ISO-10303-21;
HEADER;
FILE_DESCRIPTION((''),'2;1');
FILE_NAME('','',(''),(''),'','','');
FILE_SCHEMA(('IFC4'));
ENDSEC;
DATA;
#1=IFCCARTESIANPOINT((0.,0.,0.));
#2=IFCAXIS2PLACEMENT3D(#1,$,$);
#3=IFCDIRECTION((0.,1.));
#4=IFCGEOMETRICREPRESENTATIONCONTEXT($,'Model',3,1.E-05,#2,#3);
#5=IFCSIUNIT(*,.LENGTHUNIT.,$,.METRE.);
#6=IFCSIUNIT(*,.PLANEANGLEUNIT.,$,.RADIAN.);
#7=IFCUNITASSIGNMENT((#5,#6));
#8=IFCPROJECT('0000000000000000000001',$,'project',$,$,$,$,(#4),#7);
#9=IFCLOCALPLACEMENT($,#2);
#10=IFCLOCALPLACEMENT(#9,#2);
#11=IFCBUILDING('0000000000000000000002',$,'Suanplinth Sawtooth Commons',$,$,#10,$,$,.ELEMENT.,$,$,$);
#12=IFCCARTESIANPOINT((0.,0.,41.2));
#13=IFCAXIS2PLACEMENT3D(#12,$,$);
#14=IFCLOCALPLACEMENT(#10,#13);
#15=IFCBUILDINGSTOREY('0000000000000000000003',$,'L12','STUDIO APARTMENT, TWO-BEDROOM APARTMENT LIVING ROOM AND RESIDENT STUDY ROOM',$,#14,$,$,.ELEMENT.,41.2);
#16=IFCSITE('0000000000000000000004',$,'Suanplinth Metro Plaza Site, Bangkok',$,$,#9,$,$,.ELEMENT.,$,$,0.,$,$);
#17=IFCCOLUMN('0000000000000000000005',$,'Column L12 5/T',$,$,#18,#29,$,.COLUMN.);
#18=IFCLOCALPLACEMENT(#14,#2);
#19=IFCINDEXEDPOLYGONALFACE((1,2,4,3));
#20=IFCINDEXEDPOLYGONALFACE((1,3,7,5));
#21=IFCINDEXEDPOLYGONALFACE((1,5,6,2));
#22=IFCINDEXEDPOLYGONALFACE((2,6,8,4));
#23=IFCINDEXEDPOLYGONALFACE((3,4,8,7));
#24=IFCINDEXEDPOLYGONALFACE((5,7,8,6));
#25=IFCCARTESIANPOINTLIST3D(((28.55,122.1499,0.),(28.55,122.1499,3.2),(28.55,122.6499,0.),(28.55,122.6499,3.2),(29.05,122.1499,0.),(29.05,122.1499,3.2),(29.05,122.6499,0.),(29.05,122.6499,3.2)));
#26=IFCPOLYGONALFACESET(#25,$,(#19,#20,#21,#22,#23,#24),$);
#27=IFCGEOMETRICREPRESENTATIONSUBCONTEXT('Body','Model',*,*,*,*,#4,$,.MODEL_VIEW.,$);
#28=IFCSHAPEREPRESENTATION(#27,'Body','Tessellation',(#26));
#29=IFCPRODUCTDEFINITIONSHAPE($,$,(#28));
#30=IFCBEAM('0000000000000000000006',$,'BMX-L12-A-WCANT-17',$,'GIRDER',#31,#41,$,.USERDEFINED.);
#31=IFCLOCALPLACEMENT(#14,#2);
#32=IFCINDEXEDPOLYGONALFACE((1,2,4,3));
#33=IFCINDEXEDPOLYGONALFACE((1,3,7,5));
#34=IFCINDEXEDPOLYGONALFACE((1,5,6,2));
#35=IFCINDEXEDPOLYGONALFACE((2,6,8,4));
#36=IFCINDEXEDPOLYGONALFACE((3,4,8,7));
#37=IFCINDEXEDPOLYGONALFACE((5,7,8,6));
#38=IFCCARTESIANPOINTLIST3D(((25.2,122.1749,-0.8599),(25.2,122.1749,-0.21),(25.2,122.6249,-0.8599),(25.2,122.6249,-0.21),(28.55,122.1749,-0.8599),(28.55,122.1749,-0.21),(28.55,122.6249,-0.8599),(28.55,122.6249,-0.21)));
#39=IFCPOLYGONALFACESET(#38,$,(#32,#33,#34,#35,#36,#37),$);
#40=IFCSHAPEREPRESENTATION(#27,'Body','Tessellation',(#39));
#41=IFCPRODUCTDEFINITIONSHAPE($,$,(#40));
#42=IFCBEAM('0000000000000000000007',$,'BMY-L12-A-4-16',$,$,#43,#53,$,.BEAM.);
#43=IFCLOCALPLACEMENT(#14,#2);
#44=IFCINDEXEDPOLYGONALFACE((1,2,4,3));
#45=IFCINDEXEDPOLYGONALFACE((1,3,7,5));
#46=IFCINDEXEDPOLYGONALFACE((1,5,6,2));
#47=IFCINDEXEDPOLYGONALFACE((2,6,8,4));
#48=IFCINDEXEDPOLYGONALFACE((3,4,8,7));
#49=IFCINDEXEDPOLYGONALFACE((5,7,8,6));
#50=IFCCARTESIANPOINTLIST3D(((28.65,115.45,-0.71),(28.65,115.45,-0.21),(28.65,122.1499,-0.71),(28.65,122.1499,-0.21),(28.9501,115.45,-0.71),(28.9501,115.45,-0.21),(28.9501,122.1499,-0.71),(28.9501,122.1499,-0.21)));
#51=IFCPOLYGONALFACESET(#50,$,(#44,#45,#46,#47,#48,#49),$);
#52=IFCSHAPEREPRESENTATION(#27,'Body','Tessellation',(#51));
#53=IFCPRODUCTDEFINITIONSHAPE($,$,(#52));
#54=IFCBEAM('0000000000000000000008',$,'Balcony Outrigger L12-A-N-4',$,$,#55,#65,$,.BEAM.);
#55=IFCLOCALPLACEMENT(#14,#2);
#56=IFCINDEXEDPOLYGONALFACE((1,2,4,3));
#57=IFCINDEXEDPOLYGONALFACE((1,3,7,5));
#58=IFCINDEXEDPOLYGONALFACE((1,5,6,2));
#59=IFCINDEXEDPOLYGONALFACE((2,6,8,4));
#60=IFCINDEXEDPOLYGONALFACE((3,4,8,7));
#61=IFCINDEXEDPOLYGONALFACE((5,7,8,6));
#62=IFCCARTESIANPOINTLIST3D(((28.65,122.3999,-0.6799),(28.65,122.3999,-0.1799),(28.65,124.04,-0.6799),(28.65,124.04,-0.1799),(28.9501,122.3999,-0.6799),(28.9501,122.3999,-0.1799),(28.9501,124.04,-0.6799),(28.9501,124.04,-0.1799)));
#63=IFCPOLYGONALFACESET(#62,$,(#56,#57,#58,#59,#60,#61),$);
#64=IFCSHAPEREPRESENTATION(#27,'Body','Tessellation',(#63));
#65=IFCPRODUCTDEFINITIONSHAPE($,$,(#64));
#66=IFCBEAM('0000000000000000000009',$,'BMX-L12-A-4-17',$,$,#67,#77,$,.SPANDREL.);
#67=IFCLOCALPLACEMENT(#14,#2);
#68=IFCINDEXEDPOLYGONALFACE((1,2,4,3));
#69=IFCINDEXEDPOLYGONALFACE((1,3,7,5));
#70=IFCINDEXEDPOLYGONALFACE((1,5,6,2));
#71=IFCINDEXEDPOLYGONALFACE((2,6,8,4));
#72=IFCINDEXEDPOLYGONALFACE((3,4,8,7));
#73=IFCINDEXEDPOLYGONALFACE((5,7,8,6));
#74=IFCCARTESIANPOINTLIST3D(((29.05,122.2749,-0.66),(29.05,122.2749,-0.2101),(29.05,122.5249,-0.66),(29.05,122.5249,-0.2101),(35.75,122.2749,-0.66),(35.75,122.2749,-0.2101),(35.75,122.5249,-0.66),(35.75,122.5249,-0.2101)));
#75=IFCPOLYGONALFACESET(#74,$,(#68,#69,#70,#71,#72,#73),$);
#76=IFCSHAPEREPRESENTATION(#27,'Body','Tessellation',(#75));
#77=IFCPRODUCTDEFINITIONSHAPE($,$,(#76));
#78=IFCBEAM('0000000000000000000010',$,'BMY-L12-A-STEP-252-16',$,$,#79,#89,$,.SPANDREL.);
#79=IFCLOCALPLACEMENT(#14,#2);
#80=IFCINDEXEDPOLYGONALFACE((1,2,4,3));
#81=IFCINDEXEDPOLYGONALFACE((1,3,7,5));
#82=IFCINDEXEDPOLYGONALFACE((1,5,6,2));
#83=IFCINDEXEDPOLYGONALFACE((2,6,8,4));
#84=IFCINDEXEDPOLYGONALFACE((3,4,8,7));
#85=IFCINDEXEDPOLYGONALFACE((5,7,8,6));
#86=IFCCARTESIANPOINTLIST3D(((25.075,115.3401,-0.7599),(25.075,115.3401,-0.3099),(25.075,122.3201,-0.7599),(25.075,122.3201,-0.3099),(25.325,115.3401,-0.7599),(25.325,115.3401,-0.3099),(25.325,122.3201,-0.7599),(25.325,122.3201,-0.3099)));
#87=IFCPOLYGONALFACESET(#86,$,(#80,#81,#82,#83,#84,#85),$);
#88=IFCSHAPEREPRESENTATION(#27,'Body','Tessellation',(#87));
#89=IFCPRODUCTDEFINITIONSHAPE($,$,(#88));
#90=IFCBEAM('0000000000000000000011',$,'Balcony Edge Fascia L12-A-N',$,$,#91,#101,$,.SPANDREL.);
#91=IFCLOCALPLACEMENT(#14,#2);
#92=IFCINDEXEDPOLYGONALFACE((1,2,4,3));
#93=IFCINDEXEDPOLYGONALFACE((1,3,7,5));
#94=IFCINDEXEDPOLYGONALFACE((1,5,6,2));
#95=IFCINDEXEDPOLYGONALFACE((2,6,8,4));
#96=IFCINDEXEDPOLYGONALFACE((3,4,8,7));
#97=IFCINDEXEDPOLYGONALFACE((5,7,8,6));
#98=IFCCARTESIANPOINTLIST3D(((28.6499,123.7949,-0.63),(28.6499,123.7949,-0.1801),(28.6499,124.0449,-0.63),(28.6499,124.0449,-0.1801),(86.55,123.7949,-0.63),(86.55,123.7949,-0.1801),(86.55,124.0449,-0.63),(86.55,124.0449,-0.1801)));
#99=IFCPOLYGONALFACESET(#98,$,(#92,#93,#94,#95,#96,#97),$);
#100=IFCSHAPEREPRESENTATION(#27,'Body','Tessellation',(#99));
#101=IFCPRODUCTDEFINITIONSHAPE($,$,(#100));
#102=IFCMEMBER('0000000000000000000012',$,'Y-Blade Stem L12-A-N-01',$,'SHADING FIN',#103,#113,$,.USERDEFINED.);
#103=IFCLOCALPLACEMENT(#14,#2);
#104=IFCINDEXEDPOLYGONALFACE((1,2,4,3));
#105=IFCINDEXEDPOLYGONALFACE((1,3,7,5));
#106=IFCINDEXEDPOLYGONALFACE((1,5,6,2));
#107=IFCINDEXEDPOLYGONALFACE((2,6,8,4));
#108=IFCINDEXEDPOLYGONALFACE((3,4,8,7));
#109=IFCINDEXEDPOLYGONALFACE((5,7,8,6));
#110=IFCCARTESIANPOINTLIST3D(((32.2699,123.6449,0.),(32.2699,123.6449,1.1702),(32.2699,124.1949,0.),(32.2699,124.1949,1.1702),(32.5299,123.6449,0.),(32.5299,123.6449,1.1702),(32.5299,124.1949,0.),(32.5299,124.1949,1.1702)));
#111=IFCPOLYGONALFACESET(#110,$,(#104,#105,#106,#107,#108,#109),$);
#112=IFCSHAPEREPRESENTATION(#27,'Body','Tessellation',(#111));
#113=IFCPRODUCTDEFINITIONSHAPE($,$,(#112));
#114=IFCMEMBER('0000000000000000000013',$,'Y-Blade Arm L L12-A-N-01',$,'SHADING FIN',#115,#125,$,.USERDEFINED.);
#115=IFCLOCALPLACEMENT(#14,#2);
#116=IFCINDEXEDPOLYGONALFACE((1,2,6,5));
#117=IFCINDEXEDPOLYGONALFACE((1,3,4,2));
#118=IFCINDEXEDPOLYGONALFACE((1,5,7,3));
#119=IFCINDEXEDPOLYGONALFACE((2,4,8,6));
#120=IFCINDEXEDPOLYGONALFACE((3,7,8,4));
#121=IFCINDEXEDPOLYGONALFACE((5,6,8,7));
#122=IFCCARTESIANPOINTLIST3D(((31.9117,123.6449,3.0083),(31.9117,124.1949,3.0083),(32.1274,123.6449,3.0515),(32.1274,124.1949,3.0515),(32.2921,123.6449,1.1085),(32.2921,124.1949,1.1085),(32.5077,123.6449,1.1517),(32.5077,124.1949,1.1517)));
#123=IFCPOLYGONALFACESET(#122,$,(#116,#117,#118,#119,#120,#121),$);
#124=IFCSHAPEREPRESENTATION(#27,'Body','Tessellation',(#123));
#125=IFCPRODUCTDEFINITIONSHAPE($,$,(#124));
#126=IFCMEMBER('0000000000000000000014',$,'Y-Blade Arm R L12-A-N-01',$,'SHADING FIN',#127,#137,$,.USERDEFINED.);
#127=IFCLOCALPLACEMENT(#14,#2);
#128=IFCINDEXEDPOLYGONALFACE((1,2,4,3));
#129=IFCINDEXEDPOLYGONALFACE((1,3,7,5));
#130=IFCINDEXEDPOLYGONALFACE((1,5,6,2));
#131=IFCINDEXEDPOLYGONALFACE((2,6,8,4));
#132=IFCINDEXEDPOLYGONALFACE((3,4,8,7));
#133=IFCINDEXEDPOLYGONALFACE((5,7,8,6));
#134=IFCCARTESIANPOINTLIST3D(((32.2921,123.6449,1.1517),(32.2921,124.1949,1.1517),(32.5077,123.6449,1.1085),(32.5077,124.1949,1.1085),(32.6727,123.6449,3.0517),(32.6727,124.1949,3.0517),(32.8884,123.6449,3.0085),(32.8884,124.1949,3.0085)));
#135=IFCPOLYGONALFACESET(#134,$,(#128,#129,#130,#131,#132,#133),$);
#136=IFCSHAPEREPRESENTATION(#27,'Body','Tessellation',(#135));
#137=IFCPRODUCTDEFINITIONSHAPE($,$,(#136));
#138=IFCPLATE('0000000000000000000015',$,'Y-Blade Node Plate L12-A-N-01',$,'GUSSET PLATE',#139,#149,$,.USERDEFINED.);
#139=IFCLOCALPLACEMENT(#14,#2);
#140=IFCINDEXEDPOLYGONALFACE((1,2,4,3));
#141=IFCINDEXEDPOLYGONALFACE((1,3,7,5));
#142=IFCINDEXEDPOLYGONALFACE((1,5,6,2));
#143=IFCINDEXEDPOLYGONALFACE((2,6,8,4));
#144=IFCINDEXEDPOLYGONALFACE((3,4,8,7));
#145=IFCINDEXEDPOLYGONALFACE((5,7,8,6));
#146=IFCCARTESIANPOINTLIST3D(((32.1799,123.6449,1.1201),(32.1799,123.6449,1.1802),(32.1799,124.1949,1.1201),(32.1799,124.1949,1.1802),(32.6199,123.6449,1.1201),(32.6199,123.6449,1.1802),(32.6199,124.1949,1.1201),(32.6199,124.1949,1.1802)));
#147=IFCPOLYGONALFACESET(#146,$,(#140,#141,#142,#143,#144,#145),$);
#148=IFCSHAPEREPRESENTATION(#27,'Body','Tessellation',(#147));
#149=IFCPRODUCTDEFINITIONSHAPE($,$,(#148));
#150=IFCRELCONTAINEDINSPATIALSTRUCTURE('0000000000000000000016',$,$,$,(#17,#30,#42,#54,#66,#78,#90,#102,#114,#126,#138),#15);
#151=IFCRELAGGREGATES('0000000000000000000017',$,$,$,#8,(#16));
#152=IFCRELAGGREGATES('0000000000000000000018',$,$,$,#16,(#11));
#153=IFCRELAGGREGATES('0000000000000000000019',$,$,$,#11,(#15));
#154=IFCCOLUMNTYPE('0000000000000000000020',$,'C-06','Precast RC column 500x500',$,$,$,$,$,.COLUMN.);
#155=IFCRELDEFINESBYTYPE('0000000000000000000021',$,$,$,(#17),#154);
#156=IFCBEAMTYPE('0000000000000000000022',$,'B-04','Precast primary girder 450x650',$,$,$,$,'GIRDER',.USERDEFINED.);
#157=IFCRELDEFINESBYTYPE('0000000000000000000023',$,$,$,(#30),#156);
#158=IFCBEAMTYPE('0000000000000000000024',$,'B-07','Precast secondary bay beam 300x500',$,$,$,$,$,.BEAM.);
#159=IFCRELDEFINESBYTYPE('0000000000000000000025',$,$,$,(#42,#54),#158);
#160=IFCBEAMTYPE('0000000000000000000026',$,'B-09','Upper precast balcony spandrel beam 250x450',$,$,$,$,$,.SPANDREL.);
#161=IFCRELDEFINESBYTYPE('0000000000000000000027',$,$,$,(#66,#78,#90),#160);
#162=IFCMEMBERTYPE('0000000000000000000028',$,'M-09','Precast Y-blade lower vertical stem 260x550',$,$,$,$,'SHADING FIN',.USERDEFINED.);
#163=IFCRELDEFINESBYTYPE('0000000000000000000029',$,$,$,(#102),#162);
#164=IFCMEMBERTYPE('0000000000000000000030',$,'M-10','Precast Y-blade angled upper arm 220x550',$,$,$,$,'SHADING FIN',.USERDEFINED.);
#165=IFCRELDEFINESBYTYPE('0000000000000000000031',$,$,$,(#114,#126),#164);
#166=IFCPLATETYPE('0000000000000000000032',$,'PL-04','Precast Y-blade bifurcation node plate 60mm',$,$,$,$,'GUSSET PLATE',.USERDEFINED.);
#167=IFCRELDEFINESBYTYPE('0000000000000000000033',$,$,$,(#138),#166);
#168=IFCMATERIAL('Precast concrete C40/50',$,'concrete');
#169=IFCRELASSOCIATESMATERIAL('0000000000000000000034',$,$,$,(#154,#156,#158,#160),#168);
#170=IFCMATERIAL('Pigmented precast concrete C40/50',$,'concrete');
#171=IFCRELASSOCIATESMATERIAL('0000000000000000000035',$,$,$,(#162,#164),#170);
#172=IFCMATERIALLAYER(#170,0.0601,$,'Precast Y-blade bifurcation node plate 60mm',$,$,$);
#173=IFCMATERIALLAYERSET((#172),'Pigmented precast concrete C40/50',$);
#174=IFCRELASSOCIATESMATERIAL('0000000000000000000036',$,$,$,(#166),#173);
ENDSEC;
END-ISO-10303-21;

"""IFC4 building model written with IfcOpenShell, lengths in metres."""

from ifc_helpers import new_model, si_unit, direction, frame, origin, origin_2d, place, context, subcontext, project, spatial, rectangle, extrude, material, layer, layer_set, material_profile, profile_set, type_object, element, save


model = new_model("IFC4")

# Units and contexts
model_context = context("Model", 3, precision=1e-05, world=origin(), true_north=direction((0.0, 1.0)))
body_context = subcontext(model_context, "Body", "Model", "MODEL_VIEW")
ifc_project = project(units=[si_unit("LENGTHUNIT", "METRE"), si_unit("PLANEANGLEUNIT", "RADIAN")], contexts=[model_context])

# Site, building, storey
site_placement = place(None, origin())
site = spatial("IfcSite", under=ifc_project, at=site_placement, Name="Suanplinth Metro Plaza Site, Bangkok", CompositionType="ELEMENT", RefElevation=0.0)
building_placement = place(site_placement, origin())
building = spatial("IfcBuilding", under=site, at=building_placement, Name="Suanplinth Sawtooth Commons", CompositionType="ELEMENT")
storey_placement = place(building_placement, frame((0.0, 0.0, 41.2)))
storey = spatial("IfcBuildingStorey", under=building, at=storey_placement, Name="L12", Description="STUDIO APARTMENT, TWO-BEDROOM APARTMENT LIVING ROOM AND RESIDENT STUDY ROOM", CompositionType="ELEMENT", Elevation=41.2)

# Column
ifc_material_1 = material(Name="Precast concrete C40/50", Category="concrete")
ifc_material_profile_1 = material_profile(ifc_material_1, rectangle(XDim=0.5, YDim=0.5, at=origin_2d()), Name="PC-COL 500x500")
ifc_profile_set_1 = profile_set([ifc_material_profile_1], Name="Precast concrete C40/50")
column_type = type_object("IfcColumnType", Name="C-06", Description="Precast RC column 500x500", PredefinedType="COLUMN", material=ifc_profile_set_1)
column_placement = place(storey_placement, frame((28.8, 122.3999, 0.0), z_axis=(0.0, 0.0, 1.0), x_axis=(1.0, 0.0, 0.0)))
element("IfcColumn", 1, at=column_placement, inside=storey, type_object=column_type, Name="Column L12 5/T", PredefinedType="COLUMN", context=body_context, shape_type="SweptSolid", body=[
    extrude(rectangle(XDim=0.5, YDim=0.5, at=origin_2d()), origin(), (0.0, 0.0, 1.0), 3.2),
])

# Beams
ifc_material_profile_2 = material_profile(ifc_material_1, rectangle(XDim=0.45, YDim=0.6499, at=origin_2d()), Name="PC-GDR 450x650")
ifc_profile_set_2 = profile_set([ifc_material_profile_2], Name="Precast concrete C40/50")
beam_type_1 = type_object("IfcBeamType", Name="B-04", Description="Precast primary girder 450x650", ElementType="GIRDER", PredefinedType="USERDEFINED", material=ifc_profile_set_2)
beam_1_placement = place(storey_placement, frame((28.55, 122.3999, -0.5349), z_axis=(-1.0, 0.0, 0.0), x_axis=(0.0, -1.0, 0.0)))
element("IfcBeam", 2, at=beam_1_placement, inside=storey, type_object=beam_type_1, Name="BMX-L12-A-WCANT-17", ObjectType="GIRDER", PredefinedType="USERDEFINED", context=body_context, shape_type="SweptSolid", body=[
    extrude(rectangle(XDim=0.45, YDim=0.6499, at=origin_2d()), origin(), (0.0, 0.0, 1.0), 3.3501),
])
ifc_material_profile_3 = material_profile(ifc_material_1, rectangle(XDim=0.3, YDim=0.5, at=origin_2d()), Name="PC-BM 300x500")
ifc_profile_set_3 = profile_set([ifc_material_profile_3], Name="Precast concrete C40/50")
beam_type_2 = type_object("IfcBeamType", Name="B-07", Description="Precast secondary bay beam 300x500", PredefinedType="BEAM", material=ifc_profile_set_3)
beam_2_placement = place(storey_placement, frame((28.8, 115.45, -0.46), z_axis=(0.0, 1.0, 0.0), x_axis=(-1.0, 0.0, 0.0)))
element("IfcBeam", 3, at=beam_2_placement, inside=storey, type_object=beam_type_2, Name="BMY-L12-A-4-16", PredefinedType="BEAM", context=body_context, shape_type="SweptSolid", body=[
    extrude(rectangle(XDim=0.3, YDim=0.5, at=origin_2d()), origin(), (0.0, 0.0, 1.0), 6.7),
])
beam_3_placement = place(storey_placement, frame((28.8, 122.3999, -0.4299), z_axis=(0.0, 1.0, 0.0), x_axis=(-1.0, 0.0, 0.0)))
element("IfcBeam", 4, at=beam_3_placement, inside=storey, type_object=beam_type_2, Name="Balcony Outrigger L12-A-N-4", PredefinedType="BEAM", context=body_context, shape_type="SweptSolid", body=[
    extrude(rectangle(XDim=0.3, YDim=0.5, at=origin_2d()), origin(), (0.0, 0.0, 1.0), 1.6401),
])
ifc_material_profile_4 = material_profile(ifc_material_1, rectangle(XDim=0.25, YDim=0.45, at=origin_2d()), Name="PC-SP 250x450")
ifc_profile_set_4 = profile_set([ifc_material_profile_4], Name="Precast concrete C40/50")
beam_type_3 = type_object("IfcBeamType", Name="B-09", Description="Upper precast balcony spandrel beam 250x450", PredefinedType="SPANDREL", material=ifc_profile_set_4)
beam_4_placement = place(storey_placement, frame((29.05, 122.3999, -0.4351), z_axis=(1.0, 0.0, 0.0), x_axis=(0.0, 1.0, 0.0)))
element("IfcBeam", 5, at=beam_4_placement, inside=storey, type_object=beam_type_3, Name="BMX-L12-A-4-17", PredefinedType="SPANDREL", context=body_context, shape_type="SweptSolid", body=[
    extrude(rectangle(XDim=0.25, YDim=0.45, at=origin_2d()), origin(), (0.0, 0.0, 1.0), 6.7),
])
beam_5_placement = place(storey_placement, frame((25.2, 115.3401, -0.5349), z_axis=(0.0, 1.0, 0.0), x_axis=(-1.0, 0.0, 0.0)))
element("IfcBeam", 6, at=beam_5_placement, inside=storey, type_object=beam_type_3, Name="BMY-L12-A-STEP-252-16", PredefinedType="SPANDREL", context=body_context, shape_type="SweptSolid", body=[
    extrude(rectangle(XDim=0.25, YDim=0.45, at=origin_2d()), origin(), (0.0, 0.0, 1.0), 6.98),
])
beam_6_placement = place(storey_placement, frame((28.6499, 123.9199, -0.405), z_axis=(1.0, 0.0, 0.0), x_axis=(0.0, 1.0, 0.0)))
element("IfcBeam", 7, at=beam_6_placement, inside=storey, type_object=beam_type_3, Name="Balcony Edge Fascia L12-A-N", PredefinedType="SPANDREL", context=body_context, shape_type="SweptSolid", body=[
    extrude(rectangle(XDim=0.25, YDim=0.45, at=origin_2d()), origin(), (0.0, 0.0, 1.0), 57.9001),
])

# Members
ifc_material_2 = material(Name="Pigmented precast concrete C40/50", Category="concrete")
ifc_material_profile_5 = material_profile(ifc_material_2, rectangle(XDim=0.26, YDim=0.55, at=origin_2d()), Name="PC-FIN 260x550")
ifc_profile_set_5 = profile_set([ifc_material_profile_5], Name="Pigmented precast concrete C40/50")
member_type_1 = type_object("IfcMemberType", Name="M-09", Description="Precast Y-blade lower vertical stem 260x550", ElementType="SHADING FIN", PredefinedType="USERDEFINED", material=ifc_profile_set_5)
member_1_placement = place(storey_placement, frame((32.3999, 123.9199, 0.0), z_axis=(0.0, 0.0, 1.0), x_axis=(1.0, 0.0, 0.0)))
element("IfcMember", 8, at=member_1_placement, inside=storey, type_object=member_type_1, Name="Y-Blade Stem L12-A-N-01", ObjectType="SHADING FIN", PredefinedType="USERDEFINED", context=body_context, shape_type="SweptSolid", body=[
    extrude(rectangle(XDim=0.26, YDim=0.55, at=origin_2d()), origin(), (0.0, 0.0, 1.0), 1.1702),
])
ifc_material_profile_6 = material_profile(ifc_material_2, rectangle(XDim=0.22, YDim=0.55, at=origin_2d()), Name="PC-FIN 220x550")
ifc_profile_set_6 = profile_set([ifc_material_profile_6], Name="Pigmented precast concrete C40/50")
member_type_2 = type_object("IfcMemberType", Name="M-10", Description="Precast Y-blade angled upper arm 220x550", ElementType="SHADING FIN", PredefinedType="USERDEFINED", material=ifc_profile_set_6)
member_2_placement = place(storey_placement, frame((32.3999, 123.9199, 1.1301), z_axis=(-0.19631, 0.0, 0.980542), x_axis=(0.980542, 0.0, 0.19631)))
element("IfcMember", 9, at=member_2_placement, inside=storey, type_object=member_type_2, Name="Y-Blade Arm L L12-A-N-01", ObjectType="SHADING FIN", PredefinedType="USERDEFINED", context=body_context, shape_type="SweptSolid", body=[
    extrude(rectangle(XDim=0.22, YDim=0.55, at=origin_2d()), origin(), (0.0, 0.0, 1.0), 1.9375),
])
member_3_placement = place(storey_placement, frame((32.3999, 123.9199, 1.1301), z_axis=(0.196431, 0.0, 0.980518), x_axis=(-0.980518, 0.0, 0.196431)))
element("IfcMember", 10, at=member_3_placement, inside=storey, type_object=member_type_2, Name="Y-Blade Arm R L12-A-N-01", ObjectType="SHADING FIN", PredefinedType="USERDEFINED", context=body_context, shape_type="SweptSolid", body=[
    extrude(rectangle(XDim=0.22, YDim=0.55, at=origin_2d()), origin(), (0.0, 0.0, 1.0), 1.9377),
])

# Plate
ifc_layer_1 = layer(ifc_material_2, 0.0601, Name="Precast Y-blade bifurcation node plate 60mm")
ifc_layer_set_1 = layer_set([ifc_layer_1], Name="Pigmented precast concrete C40/50")
plate_type = type_object("IfcPlateType", Name="PL-04", Description="Precast Y-blade bifurcation node plate 60mm", ElementType="GUSSET PLATE", PredefinedType="USERDEFINED", material=ifc_layer_set_1)
plate_placement = place(storey_placement, frame((32.3999, 123.9199, 1.1201), z_axis=(0.0, 0.0, 1.0), x_axis=(1.0, 0.0, 0.0)))
element("IfcPlate", 11, at=plate_placement, inside=storey, type_object=plate_type, Name="Y-Blade Node Plate L12-A-N-01", ObjectType="GUSSET PLATE", PredefinedType="USERDEFINED", context=body_context, shape_type="SweptSolid", body=[
    extrude(rectangle(XDim=0.4399, YDim=0.55, at=origin_2d()), origin(), (0.0, 0.0, 1.0), 0.0601),
])

save(model, "model.ifc")
